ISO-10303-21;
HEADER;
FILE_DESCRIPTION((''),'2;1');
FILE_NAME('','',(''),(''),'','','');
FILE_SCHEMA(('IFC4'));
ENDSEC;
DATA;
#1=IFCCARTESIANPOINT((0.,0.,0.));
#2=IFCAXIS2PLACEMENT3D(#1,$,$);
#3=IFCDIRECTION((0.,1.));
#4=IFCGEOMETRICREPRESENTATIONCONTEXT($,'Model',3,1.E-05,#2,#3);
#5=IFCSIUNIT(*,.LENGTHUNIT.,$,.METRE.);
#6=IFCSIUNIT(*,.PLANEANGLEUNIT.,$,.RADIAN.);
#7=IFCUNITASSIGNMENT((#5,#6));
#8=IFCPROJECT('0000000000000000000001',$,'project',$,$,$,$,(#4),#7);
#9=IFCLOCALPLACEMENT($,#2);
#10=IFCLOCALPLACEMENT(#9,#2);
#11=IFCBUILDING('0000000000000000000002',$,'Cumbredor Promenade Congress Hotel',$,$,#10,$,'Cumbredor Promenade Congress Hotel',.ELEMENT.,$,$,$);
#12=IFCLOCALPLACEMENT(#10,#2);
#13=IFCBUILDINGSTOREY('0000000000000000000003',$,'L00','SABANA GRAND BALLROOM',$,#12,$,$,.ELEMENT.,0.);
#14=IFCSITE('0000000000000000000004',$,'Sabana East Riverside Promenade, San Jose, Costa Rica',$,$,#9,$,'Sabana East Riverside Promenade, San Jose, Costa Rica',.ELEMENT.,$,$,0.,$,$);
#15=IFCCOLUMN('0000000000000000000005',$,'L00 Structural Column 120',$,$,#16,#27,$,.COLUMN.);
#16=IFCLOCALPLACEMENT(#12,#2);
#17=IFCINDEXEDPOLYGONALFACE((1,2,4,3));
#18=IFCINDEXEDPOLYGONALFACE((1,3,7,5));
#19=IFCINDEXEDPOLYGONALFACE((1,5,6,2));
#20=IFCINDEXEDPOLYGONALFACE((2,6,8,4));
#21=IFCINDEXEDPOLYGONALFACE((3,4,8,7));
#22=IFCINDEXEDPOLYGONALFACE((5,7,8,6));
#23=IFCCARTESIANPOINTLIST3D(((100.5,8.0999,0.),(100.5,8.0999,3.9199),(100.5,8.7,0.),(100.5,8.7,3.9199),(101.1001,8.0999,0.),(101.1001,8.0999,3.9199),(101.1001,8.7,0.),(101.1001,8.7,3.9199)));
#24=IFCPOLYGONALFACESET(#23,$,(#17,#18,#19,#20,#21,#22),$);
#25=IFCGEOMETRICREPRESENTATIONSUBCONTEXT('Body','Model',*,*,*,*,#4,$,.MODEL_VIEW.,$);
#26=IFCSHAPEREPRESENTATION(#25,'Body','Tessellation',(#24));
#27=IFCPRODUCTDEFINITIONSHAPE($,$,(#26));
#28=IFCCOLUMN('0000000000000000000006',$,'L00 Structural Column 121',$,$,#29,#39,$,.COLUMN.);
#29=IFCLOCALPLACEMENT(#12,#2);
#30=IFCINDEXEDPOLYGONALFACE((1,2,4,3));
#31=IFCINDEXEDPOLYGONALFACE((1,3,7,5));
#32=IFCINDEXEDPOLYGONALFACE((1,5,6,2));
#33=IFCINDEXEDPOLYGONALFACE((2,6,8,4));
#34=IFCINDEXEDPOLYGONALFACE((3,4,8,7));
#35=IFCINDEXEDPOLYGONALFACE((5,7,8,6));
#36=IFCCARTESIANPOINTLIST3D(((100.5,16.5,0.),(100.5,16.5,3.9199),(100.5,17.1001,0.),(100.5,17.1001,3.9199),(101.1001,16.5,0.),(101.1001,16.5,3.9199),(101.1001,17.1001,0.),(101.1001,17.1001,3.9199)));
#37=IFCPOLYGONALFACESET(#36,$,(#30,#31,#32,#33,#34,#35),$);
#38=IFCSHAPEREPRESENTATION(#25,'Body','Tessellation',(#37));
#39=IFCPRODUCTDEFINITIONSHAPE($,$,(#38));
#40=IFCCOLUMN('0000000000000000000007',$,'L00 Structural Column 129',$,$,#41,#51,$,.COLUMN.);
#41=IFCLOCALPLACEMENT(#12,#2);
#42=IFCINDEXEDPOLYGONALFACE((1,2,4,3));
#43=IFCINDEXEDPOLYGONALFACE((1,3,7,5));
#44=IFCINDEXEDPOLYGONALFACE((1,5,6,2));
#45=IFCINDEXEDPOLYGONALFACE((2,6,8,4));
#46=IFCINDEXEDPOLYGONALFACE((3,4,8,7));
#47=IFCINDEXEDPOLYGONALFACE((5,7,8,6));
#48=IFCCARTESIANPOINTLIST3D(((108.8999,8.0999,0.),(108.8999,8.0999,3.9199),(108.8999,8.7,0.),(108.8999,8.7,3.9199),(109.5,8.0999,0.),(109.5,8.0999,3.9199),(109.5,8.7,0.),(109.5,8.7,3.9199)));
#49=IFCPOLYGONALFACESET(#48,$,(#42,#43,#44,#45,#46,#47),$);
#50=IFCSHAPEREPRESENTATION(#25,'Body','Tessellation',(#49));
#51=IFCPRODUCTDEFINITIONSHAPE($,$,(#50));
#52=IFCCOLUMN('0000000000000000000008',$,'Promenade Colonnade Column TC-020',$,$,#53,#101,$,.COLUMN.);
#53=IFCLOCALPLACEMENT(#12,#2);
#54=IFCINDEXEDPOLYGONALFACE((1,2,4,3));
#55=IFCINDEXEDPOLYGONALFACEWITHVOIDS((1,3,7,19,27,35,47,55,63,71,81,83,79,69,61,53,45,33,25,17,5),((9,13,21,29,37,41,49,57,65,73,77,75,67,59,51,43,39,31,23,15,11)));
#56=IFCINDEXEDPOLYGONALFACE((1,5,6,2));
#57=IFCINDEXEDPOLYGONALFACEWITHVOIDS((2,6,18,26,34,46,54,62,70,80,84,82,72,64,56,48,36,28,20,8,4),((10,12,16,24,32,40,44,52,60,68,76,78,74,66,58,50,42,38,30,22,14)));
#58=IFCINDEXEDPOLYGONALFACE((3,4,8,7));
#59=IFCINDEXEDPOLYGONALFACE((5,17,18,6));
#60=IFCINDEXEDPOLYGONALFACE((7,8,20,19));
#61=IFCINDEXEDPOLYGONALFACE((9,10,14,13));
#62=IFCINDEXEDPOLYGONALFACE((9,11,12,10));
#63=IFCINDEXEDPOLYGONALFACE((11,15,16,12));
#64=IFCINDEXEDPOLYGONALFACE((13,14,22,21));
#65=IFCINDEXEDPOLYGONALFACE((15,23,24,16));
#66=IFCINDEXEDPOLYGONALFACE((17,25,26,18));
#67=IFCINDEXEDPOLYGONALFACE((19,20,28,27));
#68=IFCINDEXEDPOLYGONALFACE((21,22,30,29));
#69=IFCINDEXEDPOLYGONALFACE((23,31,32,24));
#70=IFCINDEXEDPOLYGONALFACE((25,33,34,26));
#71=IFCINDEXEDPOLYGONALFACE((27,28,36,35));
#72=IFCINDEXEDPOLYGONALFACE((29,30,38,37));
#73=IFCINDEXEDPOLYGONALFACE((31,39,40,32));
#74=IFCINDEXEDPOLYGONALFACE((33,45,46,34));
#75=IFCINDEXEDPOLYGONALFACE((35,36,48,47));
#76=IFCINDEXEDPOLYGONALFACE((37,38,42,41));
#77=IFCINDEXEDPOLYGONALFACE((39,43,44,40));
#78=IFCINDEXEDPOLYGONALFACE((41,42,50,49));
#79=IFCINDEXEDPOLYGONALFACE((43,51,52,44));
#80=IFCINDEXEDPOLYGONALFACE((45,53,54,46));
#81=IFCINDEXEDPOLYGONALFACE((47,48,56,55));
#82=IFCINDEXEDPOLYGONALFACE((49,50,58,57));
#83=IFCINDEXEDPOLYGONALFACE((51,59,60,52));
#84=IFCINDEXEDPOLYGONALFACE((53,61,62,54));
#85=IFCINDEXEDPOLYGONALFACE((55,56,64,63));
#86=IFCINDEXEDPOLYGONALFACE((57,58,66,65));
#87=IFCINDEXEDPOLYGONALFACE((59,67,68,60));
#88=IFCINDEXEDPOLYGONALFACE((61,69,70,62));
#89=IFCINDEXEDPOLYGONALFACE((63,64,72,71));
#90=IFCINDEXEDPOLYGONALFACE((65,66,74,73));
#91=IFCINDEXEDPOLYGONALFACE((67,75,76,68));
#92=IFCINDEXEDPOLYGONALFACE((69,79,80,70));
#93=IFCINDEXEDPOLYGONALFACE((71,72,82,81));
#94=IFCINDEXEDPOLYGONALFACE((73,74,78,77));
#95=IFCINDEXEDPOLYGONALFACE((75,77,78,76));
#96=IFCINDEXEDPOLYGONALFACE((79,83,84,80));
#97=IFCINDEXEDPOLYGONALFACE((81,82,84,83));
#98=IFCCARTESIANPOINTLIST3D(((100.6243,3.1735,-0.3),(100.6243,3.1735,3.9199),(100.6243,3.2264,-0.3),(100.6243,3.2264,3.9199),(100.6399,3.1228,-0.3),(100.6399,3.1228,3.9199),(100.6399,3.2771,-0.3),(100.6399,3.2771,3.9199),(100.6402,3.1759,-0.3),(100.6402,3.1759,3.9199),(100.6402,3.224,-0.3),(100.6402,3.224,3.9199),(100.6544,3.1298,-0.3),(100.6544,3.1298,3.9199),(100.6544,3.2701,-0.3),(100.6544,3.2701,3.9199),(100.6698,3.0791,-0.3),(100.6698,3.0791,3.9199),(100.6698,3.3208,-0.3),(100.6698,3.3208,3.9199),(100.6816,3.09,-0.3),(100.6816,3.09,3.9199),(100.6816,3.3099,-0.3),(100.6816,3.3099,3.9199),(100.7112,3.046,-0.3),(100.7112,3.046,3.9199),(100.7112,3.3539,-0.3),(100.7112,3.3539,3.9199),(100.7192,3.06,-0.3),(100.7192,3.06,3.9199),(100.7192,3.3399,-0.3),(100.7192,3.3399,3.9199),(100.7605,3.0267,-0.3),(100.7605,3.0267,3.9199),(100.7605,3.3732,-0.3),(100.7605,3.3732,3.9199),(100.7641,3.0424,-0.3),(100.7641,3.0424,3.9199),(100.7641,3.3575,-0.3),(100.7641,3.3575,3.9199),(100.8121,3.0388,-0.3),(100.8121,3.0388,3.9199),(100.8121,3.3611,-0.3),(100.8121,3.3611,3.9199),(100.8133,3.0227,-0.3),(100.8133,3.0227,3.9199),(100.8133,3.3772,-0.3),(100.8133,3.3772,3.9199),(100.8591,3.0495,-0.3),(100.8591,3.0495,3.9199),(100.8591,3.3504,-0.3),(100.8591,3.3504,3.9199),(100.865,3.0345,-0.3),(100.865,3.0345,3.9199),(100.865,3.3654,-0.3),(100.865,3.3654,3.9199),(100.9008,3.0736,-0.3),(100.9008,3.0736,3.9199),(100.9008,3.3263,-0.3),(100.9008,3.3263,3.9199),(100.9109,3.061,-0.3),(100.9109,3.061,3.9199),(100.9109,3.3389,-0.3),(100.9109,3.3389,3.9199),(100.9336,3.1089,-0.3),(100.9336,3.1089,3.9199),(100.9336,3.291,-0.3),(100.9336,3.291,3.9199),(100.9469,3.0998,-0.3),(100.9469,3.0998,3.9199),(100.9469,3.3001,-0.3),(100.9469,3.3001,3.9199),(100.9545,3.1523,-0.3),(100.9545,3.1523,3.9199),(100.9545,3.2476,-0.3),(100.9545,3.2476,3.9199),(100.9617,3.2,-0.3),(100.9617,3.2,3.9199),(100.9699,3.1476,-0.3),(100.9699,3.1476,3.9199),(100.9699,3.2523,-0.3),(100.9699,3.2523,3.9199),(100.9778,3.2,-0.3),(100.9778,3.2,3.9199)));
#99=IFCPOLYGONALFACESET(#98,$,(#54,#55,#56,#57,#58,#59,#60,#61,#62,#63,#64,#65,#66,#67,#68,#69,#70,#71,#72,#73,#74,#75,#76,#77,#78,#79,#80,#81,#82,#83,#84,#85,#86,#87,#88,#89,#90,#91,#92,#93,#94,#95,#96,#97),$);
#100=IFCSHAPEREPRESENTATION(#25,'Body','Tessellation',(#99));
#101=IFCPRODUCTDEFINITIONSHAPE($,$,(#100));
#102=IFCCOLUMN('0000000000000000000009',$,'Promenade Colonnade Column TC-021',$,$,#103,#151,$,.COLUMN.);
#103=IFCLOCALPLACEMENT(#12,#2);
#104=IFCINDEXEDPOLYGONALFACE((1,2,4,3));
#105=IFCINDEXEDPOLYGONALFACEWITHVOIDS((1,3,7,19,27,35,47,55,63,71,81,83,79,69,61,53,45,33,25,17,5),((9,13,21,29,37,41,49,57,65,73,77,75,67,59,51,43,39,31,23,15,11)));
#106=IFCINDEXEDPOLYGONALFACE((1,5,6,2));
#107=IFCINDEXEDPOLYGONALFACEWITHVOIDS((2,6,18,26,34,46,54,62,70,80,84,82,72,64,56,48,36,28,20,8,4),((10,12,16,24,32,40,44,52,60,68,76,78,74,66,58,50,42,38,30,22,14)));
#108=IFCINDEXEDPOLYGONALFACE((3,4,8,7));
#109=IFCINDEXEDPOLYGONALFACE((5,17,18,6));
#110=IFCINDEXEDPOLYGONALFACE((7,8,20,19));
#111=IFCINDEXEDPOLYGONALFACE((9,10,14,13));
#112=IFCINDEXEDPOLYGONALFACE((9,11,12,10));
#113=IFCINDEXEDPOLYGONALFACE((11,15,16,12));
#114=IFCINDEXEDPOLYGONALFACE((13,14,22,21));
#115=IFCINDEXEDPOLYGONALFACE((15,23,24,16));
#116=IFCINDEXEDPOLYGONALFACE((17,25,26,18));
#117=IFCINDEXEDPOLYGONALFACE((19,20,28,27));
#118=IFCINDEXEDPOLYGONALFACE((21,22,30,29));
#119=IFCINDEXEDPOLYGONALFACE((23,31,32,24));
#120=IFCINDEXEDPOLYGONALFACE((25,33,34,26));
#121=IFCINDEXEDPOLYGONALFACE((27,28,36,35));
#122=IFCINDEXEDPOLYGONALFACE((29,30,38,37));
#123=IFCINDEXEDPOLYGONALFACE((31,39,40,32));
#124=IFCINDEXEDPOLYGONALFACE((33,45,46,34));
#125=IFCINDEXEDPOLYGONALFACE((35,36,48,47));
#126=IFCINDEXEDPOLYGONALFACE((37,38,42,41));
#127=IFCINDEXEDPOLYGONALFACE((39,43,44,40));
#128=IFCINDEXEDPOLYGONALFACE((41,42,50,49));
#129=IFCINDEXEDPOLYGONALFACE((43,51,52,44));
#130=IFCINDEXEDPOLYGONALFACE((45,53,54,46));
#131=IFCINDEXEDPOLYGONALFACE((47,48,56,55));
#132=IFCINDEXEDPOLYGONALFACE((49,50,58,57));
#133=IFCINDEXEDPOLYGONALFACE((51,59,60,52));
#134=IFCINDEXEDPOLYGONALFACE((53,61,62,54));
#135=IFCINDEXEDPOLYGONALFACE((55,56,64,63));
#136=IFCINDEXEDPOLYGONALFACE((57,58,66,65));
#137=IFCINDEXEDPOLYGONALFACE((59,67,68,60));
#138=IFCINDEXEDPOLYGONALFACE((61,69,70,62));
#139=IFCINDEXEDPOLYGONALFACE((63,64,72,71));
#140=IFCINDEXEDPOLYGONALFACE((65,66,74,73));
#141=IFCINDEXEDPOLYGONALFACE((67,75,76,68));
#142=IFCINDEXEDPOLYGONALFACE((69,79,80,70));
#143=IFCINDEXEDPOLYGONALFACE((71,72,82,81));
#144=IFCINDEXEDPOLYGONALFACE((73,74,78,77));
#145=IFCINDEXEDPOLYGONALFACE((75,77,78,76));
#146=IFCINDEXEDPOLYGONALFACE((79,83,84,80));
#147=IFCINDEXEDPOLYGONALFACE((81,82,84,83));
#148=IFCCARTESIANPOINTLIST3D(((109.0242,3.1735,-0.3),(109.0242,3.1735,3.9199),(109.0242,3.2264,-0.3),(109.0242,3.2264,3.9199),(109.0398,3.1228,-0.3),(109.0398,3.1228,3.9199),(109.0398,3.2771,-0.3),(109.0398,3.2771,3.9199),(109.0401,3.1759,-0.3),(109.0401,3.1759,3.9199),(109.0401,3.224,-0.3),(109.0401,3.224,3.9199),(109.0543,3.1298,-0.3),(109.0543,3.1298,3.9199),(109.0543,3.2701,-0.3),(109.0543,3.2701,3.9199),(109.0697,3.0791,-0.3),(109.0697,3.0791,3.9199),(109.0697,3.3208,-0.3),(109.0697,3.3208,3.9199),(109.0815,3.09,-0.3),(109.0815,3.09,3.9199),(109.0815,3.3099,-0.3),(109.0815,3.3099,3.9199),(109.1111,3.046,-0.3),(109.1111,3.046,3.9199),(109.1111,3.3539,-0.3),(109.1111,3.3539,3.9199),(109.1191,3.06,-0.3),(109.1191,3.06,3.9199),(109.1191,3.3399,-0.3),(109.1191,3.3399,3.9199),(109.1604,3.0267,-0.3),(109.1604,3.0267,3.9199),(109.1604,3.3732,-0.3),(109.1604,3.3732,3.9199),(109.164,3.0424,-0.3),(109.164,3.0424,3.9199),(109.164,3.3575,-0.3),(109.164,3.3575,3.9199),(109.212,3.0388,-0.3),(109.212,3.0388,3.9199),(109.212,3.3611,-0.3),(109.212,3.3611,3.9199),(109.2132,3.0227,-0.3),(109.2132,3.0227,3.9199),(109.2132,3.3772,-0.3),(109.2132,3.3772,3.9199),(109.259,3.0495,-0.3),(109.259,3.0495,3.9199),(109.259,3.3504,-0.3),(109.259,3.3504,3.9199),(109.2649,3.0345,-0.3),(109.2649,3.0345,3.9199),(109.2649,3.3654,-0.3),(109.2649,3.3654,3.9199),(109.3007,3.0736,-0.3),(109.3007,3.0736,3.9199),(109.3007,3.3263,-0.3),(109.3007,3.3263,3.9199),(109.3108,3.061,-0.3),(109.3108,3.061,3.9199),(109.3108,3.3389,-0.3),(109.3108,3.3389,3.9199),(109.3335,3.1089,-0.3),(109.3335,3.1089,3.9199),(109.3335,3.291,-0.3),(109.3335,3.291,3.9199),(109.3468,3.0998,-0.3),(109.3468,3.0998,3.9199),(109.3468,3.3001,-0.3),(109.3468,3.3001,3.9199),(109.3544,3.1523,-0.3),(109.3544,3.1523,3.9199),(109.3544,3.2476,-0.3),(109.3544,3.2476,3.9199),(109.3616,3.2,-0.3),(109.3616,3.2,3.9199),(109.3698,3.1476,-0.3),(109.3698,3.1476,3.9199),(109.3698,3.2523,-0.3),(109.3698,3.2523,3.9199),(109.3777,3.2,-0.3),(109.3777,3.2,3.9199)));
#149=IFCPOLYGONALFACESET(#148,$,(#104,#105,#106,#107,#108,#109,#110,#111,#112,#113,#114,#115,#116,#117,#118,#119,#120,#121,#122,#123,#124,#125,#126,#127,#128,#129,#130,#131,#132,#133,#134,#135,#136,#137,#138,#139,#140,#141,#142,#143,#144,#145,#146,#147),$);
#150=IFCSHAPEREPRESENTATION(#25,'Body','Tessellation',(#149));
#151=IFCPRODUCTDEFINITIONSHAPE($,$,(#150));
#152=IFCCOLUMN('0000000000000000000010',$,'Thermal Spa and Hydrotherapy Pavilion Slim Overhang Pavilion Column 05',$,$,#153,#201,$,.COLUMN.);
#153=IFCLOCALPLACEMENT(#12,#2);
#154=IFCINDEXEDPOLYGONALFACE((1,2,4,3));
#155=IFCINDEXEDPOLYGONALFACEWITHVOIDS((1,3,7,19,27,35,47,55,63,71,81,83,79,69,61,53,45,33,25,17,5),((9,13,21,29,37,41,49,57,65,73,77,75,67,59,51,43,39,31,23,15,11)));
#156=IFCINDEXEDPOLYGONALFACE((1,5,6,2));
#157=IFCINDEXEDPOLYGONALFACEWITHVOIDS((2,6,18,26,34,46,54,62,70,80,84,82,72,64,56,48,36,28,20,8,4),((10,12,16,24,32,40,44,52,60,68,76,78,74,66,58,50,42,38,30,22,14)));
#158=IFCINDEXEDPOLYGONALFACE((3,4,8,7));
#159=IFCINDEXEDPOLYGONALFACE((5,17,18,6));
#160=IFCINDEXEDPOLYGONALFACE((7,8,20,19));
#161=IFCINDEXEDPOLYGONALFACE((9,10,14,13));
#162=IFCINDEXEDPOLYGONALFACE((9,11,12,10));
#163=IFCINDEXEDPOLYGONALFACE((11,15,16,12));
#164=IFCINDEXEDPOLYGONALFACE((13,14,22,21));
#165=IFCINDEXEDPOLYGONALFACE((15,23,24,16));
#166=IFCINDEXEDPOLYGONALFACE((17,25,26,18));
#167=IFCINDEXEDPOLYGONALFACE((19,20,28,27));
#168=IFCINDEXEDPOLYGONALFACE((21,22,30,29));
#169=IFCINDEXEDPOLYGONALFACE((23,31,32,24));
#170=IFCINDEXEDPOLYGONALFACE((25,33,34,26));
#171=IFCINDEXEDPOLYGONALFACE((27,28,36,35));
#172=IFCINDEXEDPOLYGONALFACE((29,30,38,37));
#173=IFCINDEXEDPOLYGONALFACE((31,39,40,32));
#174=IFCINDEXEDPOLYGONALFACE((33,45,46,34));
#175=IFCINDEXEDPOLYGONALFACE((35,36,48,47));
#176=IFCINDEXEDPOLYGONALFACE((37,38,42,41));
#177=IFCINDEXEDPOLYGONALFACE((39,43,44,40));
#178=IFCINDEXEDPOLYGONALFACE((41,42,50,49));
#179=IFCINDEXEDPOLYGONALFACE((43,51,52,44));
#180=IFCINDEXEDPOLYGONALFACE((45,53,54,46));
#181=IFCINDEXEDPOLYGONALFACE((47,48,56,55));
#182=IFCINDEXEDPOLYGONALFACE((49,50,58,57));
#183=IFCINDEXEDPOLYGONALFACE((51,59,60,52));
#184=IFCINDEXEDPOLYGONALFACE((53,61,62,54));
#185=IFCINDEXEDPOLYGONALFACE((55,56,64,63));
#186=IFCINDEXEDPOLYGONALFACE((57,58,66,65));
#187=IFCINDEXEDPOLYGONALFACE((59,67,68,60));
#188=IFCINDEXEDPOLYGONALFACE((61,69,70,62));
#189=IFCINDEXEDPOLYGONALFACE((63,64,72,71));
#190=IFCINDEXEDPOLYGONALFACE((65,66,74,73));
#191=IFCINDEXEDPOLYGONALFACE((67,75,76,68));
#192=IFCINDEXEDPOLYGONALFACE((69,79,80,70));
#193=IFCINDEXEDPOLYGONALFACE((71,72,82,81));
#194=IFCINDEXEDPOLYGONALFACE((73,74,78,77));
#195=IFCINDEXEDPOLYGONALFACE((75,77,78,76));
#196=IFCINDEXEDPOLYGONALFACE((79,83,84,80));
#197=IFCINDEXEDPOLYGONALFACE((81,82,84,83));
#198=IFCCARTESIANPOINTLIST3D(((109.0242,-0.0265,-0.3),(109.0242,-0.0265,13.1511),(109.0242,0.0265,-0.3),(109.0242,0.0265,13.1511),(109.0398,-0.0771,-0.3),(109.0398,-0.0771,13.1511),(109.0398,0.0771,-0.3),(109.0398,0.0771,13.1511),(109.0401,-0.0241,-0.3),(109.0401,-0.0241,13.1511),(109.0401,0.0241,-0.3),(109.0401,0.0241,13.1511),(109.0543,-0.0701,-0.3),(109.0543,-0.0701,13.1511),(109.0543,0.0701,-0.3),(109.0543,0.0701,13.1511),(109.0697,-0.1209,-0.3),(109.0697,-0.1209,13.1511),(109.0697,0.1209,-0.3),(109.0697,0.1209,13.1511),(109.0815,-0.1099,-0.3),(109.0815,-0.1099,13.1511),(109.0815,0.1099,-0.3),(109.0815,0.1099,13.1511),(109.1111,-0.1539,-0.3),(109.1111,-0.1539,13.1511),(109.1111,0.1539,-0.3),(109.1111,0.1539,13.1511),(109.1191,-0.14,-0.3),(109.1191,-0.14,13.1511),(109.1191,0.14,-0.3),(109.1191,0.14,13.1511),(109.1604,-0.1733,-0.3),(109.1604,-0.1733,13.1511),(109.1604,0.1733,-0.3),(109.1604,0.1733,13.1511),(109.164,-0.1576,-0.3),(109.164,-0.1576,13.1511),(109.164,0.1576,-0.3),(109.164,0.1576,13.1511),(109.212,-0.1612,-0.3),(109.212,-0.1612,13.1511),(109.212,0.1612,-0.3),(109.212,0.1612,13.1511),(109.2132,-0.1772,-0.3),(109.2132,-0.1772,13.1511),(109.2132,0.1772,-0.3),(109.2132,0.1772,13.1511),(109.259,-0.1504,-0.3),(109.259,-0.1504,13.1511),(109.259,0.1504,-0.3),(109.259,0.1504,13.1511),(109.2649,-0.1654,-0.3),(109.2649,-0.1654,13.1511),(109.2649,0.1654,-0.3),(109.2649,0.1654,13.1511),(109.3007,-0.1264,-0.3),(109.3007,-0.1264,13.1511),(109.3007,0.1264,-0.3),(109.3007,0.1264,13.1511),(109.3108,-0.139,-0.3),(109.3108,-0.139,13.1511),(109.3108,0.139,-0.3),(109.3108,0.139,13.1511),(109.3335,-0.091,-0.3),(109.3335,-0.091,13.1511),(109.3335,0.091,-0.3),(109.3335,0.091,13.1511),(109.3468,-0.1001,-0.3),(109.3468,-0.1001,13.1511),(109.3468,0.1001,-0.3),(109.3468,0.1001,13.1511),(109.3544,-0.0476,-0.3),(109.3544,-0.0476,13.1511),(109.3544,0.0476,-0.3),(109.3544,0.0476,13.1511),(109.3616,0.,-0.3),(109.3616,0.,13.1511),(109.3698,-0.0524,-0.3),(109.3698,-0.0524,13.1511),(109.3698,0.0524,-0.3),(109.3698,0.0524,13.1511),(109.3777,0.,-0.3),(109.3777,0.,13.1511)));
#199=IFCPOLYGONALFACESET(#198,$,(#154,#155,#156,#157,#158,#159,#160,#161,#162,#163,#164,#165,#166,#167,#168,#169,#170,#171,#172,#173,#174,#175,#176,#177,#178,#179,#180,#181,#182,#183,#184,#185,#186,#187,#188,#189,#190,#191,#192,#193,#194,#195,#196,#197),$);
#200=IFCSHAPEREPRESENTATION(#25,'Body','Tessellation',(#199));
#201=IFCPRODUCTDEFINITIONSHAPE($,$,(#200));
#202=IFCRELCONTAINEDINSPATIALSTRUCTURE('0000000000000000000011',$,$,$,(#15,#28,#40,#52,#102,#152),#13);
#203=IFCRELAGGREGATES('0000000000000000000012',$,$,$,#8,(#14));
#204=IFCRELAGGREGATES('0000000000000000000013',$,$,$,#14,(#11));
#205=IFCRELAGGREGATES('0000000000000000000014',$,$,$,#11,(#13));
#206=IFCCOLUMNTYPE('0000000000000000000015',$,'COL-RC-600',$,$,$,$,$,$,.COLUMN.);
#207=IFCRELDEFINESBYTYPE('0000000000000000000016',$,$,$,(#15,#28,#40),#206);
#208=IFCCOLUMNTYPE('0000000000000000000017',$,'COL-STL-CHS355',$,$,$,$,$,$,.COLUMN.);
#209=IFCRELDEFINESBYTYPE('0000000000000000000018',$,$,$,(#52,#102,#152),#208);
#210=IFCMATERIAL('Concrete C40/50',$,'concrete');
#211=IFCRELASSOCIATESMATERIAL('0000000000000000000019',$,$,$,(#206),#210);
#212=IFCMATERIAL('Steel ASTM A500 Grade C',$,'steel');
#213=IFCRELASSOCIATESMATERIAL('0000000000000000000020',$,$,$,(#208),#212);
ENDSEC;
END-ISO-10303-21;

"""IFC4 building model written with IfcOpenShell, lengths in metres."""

from ifc_helpers import new_model, si_unit, direction, frame, origin, origin_2d, place, context, subcontext, project, spatial, rectangle, hollow_circle, extrude, material, material_profile, profile_set, type_object, element, save


model = new_model("IFC4")

# Units and contexts
model_context = context("Model", 3, precision=1e-05, world=origin(), true_north=direction((0.0, 1.0)))
body_context = subcontext(model_context, "Body", "Model", "MODEL_VIEW")
ifc_project = project(units=[si_unit("LENGTHUNIT", "METRE"), si_unit("PLANEANGLEUNIT", "RADIAN")], contexts=[model_context])

# Site, building, storey
site_placement = place(None, origin())
site = spatial("IfcSite", under=ifc_project, at=site_placement, Name="Sabana East Riverside Promenade, San Jose, Costa Rica", LongName="Sabana East Riverside Promenade, San Jose, Costa Rica", CompositionType="ELEMENT", RefElevation=0.0)
building_placement = place(site_placement, origin())
building = spatial("IfcBuilding", under=site, at=building_placement, Name="Cumbredor Promenade Congress Hotel", LongName="Cumbredor Promenade Congress Hotel", CompositionType="ELEMENT")
storey_placement = place(building_placement, origin())
storey = spatial("IfcBuildingStorey", under=building, at=storey_placement, Name="L00", Description="SABANA GRAND BALLROOM", CompositionType="ELEMENT", Elevation=0.0)

# Columns
ifc_material_1 = material(Name="Concrete C40/50", Category="concrete")
ifc_material_profile_1 = material_profile(ifc_material_1, rectangle(XDim=0.6001, YDim=0.6001, at=origin_2d()), Name="RC 600x600")
ifc_profile_set_1 = profile_set([ifc_material_profile_1], Name="Concrete C40/50")
column_type_1 = type_object("IfcColumnType", Name="COL-RC-600", PredefinedType="COLUMN", material=ifc_profile_set_1)
for number, where, z_axis, x_axis, name in (
    (1, (100.8, 8.3999, 0.0), (0.0, 0.0, 1.0), (1.0, 0.0, 0.0), "L00 Structural Column 120"),
    (2, (100.8, 16.8, 0.0), (0.0, 0.0, 1.0), (1.0, 0.0, 0.0), "L00 Structural Column 121"),
    (3, (109.2, 8.3999, 0.0), (0.0, 0.0, 1.0), (1.0, 0.0, 0.0), "L00 Structural Column 129"),
):
    element("IfcColumn", number, at=place(storey_placement, frame(where, z_axis=z_axis, x_axis=x_axis)), inside=storey, type_object=column_type_1, Name=name, PredefinedType="COLUMN", context=body_context, shape_type="SweptSolid", body=[
        extrude(rectangle(XDim=0.6001, YDim=0.6001, at=origin_2d()), origin(), (0.0, 0.0, 1.0), 3.9199),
    ])
ifc_material_2 = material(Name="Steel ASTM A500 Grade C", Category="steel")
ifc_material_profile_2 = material_profile(ifc_material_2, hollow_circle(Radius=0.1777, WallThickness=0.0161, at=origin_2d()), Name="CHS 355.6x16")
ifc_profile_set_2 = profile_set([ifc_material_profile_2], Name="Steel ASTM A500 Grade C")
column_type_2 = type_object("IfcColumnType", Name="COL-STL-CHS355", PredefinedType="COLUMN", material=ifc_profile_set_2)
for number, where, z_axis, x_axis, name in (
    (4, (100.8, 3.2, -0.3), (0.0, 0.0, 1.0), (1.0, 0.0, 0.0), "Promenade Colonnade Column TC-020"),
    (5, (109.2, 3.2, -0.3), (0.0, 0.0, 1.0), (1.0, 0.0, 0.0), "Promenade Colonnade Column TC-021"),
):
    element("IfcColumn", number, at=place(storey_placement, frame(where, z_axis=z_axis, x_axis=x_axis)), inside=storey, type_object=column_type_2, Name=name, PredefinedType="COLUMN", context=body_context, shape_type="SweptSolid", body=[
        extrude(hollow_circle(Radius=0.1777, WallThickness=0.0161, at=origin_2d()), origin(), (0.0, 0.0, 1.0), 4.22),
    ])
column_placement = place(storey_placement, frame((109.2, 0.0, -0.3), z_axis=(0.0, 0.0, 1.0), x_axis=(1.0, 0.0, 0.0)))
element("IfcColumn", 6, at=column_placement, inside=storey, type_object=column_type_2, Name="Thermal Spa and Hydrotherapy Pavilion Slim Overhang Pavilion Column 05", PredefinedType="COLUMN", context=body_context, shape_type="SweptSolid", body=[
    extrude(hollow_circle(Radius=0.1777, WallThickness=0.0161, at=origin_2d()), origin(), (0.0, 0.0, 1.0), 13.4512),
])

save(model, "model.ifc")
